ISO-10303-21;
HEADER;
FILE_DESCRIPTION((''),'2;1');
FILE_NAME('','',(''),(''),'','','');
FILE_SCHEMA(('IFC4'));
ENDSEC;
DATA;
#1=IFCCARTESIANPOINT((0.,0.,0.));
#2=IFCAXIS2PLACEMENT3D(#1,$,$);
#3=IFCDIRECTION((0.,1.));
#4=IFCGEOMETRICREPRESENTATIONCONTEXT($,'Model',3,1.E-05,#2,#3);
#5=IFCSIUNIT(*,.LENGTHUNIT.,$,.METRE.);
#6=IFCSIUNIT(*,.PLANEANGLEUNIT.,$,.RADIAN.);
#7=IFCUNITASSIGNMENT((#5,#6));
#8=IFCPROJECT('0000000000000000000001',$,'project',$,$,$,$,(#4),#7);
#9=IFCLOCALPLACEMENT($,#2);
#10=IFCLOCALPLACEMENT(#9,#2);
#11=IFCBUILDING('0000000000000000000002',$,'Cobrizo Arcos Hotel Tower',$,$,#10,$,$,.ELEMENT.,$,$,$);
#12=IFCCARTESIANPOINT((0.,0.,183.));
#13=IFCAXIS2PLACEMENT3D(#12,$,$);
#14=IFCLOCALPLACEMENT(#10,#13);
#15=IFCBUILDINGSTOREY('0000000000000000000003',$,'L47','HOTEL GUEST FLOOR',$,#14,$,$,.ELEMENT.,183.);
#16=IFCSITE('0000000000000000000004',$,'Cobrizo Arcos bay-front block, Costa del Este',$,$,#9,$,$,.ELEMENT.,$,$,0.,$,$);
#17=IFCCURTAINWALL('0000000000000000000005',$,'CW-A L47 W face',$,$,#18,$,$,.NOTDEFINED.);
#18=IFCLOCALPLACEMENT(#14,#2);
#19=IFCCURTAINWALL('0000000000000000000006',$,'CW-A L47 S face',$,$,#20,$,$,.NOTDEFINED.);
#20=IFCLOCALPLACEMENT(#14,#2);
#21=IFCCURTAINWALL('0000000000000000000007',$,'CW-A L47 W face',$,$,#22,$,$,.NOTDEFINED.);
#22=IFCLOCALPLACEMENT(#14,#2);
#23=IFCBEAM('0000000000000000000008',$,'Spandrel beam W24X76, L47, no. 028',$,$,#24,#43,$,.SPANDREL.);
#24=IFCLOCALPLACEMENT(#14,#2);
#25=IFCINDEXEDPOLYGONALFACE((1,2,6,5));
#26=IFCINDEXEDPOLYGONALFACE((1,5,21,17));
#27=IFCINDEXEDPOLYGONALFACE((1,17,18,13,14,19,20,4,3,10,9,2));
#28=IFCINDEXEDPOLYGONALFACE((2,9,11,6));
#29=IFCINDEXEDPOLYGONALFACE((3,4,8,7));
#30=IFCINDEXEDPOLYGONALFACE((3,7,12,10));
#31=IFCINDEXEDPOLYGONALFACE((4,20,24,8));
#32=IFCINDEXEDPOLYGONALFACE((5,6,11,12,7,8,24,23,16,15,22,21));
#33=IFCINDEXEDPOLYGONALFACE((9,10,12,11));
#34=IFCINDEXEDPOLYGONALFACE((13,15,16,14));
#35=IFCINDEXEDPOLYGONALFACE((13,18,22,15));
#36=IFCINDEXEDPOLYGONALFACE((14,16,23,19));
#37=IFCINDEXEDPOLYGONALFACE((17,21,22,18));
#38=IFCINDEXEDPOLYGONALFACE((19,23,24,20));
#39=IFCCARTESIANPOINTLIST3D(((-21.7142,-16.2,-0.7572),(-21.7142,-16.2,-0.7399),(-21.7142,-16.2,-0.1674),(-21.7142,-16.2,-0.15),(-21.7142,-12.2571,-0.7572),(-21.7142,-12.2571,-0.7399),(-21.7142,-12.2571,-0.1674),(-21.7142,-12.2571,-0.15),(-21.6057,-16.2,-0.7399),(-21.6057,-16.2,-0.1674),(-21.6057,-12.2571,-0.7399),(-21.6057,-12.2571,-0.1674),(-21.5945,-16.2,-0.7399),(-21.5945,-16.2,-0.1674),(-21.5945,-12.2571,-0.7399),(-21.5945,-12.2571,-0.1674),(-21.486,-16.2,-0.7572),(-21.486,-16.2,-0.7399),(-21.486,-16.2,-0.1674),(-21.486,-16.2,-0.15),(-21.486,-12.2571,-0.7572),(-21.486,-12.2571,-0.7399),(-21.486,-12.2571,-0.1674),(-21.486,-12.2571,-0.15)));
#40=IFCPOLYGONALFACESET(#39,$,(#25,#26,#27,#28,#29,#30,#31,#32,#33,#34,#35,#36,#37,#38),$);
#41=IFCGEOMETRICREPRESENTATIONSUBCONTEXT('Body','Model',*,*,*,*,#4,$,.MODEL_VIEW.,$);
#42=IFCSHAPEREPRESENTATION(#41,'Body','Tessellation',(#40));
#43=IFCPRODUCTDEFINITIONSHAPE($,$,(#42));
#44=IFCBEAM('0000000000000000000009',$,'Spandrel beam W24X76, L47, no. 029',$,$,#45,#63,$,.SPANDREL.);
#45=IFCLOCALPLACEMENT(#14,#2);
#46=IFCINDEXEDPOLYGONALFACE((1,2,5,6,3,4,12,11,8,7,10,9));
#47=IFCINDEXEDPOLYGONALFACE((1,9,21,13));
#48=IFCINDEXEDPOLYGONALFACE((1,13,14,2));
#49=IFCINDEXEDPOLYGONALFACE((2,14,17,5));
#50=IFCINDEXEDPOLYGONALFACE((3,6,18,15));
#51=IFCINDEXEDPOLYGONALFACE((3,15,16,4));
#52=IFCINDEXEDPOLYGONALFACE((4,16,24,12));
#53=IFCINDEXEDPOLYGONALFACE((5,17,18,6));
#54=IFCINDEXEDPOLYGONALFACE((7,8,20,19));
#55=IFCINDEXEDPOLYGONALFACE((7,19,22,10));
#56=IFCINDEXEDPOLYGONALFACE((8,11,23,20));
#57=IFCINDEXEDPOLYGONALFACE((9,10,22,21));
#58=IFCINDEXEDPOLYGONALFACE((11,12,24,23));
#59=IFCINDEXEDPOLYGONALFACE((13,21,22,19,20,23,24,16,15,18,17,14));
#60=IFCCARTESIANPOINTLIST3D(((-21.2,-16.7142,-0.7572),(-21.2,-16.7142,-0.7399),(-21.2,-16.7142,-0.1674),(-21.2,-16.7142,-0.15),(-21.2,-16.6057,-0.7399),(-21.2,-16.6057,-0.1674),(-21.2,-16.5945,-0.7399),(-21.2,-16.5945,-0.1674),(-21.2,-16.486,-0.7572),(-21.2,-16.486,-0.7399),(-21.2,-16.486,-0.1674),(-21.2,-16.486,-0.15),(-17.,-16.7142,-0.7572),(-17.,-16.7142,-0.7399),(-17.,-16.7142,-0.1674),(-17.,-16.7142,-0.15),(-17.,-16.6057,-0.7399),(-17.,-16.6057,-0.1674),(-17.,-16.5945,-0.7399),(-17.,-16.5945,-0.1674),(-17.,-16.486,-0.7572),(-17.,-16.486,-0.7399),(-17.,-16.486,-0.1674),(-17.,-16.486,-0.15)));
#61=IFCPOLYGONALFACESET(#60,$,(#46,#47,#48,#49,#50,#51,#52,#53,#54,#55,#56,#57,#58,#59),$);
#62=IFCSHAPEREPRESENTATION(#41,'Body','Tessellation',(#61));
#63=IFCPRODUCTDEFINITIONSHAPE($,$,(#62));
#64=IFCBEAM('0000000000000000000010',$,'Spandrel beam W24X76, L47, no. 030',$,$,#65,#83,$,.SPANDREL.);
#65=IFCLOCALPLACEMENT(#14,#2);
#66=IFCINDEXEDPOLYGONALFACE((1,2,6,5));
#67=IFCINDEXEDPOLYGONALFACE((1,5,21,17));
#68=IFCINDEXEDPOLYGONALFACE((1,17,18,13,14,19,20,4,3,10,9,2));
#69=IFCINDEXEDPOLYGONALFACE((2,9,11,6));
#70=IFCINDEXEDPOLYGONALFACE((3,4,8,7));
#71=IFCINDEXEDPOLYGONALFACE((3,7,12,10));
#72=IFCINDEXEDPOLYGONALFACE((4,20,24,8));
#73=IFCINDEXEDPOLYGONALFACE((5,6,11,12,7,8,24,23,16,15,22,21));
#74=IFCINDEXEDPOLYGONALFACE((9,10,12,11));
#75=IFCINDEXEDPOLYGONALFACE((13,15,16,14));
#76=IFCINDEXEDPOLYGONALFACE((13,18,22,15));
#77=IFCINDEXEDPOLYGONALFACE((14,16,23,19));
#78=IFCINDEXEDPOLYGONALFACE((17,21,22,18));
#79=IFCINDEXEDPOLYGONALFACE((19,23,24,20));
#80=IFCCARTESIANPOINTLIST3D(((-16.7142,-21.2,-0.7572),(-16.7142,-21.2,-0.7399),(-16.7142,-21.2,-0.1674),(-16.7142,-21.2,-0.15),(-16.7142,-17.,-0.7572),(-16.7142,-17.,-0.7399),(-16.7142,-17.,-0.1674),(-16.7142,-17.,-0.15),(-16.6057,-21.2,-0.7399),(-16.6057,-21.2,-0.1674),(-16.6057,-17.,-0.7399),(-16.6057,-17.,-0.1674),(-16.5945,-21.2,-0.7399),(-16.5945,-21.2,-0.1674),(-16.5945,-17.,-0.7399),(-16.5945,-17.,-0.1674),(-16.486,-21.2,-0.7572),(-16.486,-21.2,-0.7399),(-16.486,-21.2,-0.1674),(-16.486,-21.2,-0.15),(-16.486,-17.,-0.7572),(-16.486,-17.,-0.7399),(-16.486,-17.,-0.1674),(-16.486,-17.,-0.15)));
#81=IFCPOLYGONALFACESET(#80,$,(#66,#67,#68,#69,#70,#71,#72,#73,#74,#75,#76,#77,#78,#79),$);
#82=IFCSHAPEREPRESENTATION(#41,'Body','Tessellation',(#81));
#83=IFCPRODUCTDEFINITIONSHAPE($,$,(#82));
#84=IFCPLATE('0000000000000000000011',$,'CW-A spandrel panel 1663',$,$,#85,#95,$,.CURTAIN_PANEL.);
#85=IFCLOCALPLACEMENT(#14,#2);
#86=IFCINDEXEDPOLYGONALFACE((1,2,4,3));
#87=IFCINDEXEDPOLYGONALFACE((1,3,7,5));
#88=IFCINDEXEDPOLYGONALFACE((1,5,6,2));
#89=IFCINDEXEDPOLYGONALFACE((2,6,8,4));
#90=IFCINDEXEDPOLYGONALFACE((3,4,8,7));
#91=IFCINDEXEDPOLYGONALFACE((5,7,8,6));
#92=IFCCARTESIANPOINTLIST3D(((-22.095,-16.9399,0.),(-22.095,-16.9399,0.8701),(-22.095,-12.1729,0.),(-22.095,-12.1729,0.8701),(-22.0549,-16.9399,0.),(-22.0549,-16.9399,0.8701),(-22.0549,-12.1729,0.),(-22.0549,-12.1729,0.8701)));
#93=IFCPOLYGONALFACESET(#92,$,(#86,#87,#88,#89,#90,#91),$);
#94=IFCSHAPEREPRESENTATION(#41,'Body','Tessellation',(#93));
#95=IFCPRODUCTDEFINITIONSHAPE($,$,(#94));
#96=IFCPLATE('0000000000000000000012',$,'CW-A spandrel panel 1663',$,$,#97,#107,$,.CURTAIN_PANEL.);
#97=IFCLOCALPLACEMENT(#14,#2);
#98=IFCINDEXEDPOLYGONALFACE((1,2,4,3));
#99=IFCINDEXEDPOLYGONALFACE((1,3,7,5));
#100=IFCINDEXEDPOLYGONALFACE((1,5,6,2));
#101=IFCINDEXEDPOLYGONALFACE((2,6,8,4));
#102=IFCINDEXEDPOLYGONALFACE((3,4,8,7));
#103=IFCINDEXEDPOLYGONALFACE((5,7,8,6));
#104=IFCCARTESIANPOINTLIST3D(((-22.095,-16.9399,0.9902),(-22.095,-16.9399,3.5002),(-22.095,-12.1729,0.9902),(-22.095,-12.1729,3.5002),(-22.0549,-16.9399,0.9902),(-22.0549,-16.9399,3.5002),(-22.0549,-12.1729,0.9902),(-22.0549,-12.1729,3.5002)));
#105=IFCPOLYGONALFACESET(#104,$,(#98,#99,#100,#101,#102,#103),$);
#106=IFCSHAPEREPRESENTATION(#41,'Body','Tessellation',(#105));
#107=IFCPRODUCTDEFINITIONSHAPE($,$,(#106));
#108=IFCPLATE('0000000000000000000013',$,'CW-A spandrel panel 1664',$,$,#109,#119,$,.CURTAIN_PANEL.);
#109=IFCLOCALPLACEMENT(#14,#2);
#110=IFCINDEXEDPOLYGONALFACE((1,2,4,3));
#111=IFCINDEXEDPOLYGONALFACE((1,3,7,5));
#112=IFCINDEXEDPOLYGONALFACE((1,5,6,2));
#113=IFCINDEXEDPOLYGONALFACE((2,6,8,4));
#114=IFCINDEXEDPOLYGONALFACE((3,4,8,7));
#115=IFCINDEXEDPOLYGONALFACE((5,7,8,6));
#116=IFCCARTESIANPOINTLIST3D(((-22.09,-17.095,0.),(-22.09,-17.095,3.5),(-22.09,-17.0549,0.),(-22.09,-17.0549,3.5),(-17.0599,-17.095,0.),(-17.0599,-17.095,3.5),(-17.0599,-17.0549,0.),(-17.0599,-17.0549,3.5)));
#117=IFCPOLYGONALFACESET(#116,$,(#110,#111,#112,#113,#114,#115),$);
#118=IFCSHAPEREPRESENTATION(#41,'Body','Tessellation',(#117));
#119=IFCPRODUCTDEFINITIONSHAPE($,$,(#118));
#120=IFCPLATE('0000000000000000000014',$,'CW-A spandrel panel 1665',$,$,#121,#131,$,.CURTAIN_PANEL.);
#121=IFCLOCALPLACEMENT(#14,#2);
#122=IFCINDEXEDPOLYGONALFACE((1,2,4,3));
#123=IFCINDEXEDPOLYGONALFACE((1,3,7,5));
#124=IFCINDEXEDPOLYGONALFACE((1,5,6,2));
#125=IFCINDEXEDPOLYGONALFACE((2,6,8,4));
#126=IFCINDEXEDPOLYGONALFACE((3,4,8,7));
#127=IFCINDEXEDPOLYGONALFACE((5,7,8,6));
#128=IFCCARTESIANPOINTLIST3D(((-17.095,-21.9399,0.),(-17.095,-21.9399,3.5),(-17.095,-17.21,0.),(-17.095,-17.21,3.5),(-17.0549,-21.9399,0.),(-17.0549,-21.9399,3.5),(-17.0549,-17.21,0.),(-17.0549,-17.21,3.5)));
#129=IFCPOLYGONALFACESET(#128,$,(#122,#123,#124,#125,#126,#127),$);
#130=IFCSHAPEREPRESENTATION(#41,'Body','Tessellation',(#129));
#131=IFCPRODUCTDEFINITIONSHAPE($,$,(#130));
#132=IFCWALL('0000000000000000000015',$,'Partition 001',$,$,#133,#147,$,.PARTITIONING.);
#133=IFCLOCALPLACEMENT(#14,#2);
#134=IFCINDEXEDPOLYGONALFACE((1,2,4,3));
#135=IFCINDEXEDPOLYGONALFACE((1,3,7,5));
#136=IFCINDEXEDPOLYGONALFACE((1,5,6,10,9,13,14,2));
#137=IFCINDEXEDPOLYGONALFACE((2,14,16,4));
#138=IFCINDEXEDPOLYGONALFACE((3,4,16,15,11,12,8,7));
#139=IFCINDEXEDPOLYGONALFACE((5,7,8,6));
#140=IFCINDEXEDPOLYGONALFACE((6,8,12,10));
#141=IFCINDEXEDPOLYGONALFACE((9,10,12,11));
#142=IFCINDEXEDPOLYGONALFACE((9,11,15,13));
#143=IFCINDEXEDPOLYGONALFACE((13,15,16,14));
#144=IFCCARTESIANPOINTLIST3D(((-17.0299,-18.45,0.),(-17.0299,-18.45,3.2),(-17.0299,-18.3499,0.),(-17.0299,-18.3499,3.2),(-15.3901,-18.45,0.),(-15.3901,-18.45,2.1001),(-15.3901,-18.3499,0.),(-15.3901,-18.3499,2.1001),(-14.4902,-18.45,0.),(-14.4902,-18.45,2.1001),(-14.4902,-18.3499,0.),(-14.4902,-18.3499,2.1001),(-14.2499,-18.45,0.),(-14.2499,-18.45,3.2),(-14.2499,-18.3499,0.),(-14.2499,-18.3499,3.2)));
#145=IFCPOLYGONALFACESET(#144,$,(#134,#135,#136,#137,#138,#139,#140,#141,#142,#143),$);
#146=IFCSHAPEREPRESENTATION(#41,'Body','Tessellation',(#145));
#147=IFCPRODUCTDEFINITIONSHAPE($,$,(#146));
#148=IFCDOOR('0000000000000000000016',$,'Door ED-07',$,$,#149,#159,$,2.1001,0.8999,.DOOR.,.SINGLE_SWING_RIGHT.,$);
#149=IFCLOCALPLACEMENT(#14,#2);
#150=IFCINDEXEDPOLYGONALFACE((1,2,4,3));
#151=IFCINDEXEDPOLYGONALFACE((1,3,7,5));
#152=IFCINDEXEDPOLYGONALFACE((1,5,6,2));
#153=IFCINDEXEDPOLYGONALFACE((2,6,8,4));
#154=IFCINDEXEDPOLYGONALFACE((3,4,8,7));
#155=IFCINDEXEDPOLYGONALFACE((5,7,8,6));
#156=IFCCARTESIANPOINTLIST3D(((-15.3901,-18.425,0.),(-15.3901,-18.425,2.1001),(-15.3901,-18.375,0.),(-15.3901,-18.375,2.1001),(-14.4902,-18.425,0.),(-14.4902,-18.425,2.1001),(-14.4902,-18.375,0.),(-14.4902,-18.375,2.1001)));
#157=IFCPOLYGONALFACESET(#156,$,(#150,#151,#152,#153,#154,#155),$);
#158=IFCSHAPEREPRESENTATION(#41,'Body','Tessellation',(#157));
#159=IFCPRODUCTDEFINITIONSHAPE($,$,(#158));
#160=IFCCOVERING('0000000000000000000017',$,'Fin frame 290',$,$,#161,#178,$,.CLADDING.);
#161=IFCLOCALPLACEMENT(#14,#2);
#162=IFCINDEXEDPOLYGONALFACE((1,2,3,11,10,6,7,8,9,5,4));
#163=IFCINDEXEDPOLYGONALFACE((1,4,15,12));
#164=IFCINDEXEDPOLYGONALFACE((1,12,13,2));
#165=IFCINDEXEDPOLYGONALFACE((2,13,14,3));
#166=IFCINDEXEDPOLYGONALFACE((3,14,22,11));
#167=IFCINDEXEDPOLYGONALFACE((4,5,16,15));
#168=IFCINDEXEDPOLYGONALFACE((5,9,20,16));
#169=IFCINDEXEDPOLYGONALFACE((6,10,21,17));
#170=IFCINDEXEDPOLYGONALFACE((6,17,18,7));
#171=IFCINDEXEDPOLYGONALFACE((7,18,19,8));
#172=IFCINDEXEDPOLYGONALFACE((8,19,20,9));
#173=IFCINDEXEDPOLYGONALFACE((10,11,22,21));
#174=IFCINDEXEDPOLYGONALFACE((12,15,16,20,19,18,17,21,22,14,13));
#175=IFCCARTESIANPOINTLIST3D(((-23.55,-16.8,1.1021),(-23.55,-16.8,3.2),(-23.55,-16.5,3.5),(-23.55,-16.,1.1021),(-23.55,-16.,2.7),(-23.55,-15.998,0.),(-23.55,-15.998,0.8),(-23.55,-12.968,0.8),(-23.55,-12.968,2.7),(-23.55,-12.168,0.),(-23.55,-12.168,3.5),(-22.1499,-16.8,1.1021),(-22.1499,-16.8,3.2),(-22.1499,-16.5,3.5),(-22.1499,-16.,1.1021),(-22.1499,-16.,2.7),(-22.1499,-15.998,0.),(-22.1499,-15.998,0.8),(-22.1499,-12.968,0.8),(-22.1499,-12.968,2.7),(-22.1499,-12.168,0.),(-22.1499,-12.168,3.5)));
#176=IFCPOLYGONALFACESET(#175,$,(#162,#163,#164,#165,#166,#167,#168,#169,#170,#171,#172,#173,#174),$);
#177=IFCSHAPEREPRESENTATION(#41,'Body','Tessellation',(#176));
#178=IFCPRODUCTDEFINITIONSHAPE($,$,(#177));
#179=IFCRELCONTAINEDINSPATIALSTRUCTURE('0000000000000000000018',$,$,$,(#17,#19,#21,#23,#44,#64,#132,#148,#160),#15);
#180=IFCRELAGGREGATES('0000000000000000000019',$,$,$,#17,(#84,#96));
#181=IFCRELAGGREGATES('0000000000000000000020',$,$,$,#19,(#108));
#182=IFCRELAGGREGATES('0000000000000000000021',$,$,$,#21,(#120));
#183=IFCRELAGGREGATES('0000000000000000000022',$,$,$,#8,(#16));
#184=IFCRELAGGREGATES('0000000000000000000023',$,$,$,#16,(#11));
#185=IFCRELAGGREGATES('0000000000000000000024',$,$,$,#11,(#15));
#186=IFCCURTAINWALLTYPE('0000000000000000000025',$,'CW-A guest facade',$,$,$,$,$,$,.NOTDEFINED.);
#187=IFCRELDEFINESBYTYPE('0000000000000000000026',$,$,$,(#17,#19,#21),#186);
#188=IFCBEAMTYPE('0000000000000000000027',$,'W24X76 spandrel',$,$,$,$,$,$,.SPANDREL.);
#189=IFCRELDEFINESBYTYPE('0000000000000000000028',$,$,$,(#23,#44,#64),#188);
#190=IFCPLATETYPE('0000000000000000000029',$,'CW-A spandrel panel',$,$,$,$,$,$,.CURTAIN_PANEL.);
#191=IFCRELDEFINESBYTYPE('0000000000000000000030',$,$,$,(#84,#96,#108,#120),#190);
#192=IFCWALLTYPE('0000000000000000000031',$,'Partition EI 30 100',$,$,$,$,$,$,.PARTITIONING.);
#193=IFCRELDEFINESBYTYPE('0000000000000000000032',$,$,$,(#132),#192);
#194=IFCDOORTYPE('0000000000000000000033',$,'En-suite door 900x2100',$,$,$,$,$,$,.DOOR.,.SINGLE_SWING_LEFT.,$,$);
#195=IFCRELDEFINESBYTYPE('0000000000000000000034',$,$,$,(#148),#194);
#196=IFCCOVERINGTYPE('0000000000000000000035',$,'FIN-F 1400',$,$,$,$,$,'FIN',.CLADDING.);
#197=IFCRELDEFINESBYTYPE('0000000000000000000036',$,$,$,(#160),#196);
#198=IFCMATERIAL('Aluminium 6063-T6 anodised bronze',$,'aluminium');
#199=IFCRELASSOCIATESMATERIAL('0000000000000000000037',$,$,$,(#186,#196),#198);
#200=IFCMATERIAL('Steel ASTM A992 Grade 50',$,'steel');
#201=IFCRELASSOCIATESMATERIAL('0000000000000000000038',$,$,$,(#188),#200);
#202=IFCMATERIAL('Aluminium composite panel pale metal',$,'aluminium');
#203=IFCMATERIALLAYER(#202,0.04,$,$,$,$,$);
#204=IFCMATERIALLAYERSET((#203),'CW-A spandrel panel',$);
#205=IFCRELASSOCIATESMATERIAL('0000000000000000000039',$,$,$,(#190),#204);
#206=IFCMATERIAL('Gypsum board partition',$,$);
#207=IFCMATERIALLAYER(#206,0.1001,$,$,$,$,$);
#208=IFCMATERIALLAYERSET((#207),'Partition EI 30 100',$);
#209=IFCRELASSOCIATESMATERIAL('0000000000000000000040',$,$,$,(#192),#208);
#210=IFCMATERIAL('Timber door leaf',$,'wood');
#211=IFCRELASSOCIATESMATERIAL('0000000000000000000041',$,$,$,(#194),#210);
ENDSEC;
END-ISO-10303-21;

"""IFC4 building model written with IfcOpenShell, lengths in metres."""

from ifc_helpers import new_model, si_unit, direction, frame, frame_2d, origin, origin_2d, place, context, subcontext, project, spatial, polyline, rectangle, i_section, outline, extrude, material, layer, layer_set, material_profile, profile_set, type_object, element, fill, aggregate, save


model = new_model("IFC4")

# Units and contexts
model_context = context("Model", 3, precision=1e-05, world=origin(), true_north=direction((0.0, 1.0)))
body_context = subcontext(model_context, "Body", "Model", "MODEL_VIEW")
ifc_project = project(units=[si_unit("LENGTHUNIT", "METRE"), si_unit("PLANEANGLEUNIT", "RADIAN")], contexts=[model_context])

# Site, building, storey
site_placement = place(None, origin())
site = spatial("IfcSite", under=ifc_project, at=site_placement, Name="Cobrizo Arcos bay-front block, Costa del Este", CompositionType="ELEMENT", RefElevation=0.0)
building_placement = place(site_placement, origin())
building = spatial("IfcBuilding", under=site, at=building_placement, Name="Cobrizo Arcos Hotel Tower", CompositionType="ELEMENT")
storey_placement = place(building_placement, frame((0.0, 0.0, 183.0)))
storey = spatial("IfcBuildingStorey", under=building, at=storey_placement, Name="L47", Description="HOTEL GUEST FLOOR", CompositionType="ELEMENT", Elevation=183.0)

# Curtain wall
ifc_material_1 = material(Name="Aluminium 6063-T6 anodised bronze", Category="aluminium")
curtain_wall_type = type_object("IfcCurtainWallType", Name="CW-A guest facade", PredefinedType="NOTDEFINED", material=ifc_material_1)
curtain_wall_1_placement = place(storey_placement, origin())
curtain_wall_1 = element("IfcCurtainWall", 1, at=curtain_wall_1_placement, inside=storey, type_object=curtain_wall_type, Name="CW-A L47 W face", PredefinedType="NOTDEFINED")

# Curtain walls
curtain_wall_2_placement = place(storey_placement, origin())
curtain_wall_2 = element("IfcCurtainWall", 2, at=curtain_wall_2_placement, inside=storey, type_object=curtain_wall_type, Name="CW-A L47 S face", PredefinedType="NOTDEFINED")
curtain_wall_3_placement = place(storey_placement, origin())
curtain_wall_3 = element("IfcCurtainWall", 3, at=curtain_wall_3_placement, inside=storey, type_object=curtain_wall_type, Name="CW-A L47 W face", PredefinedType="NOTDEFINED")

# Beams
ifc_material_2 = material(Name="Steel ASTM A992 Grade 50", Category="steel")
ifc_material_profile_1 = material_profile(ifc_material_2, i_section(OverallWidth=0.2283, OverallDepth=0.6072, WebThickness=0.0112, FlangeThickness=0.0173, at=origin_2d()), Name="W24X76")
ifc_profile_set_1 = profile_set([ifc_material_profile_1], Name="Steel ASTM A992 Grade 50")
beam_type_1 = type_object("IfcBeamType", Name="W24X76 spandrel", PredefinedType="SPANDREL", material=ifc_profile_set_1)
beam_1_placement = place(storey_placement, frame((-21.6001, -12.2571, -0.4536), z_axis=(0.0, -1.0, 0.0), x_axis=(1.0, 0.0, 0.0)))
element("IfcBeam", 4, at=beam_1_placement, inside=storey, type_object=beam_type_1, Name="Spandrel beam W24X76, L47, no. 028", PredefinedType="SPANDREL", context=body_context, shape_type="SweptSolid", body=[
    extrude(i_section(OverallWidth=0.2283, OverallDepth=0.6072, WebThickness=0.0112, FlangeThickness=0.0173, at=origin_2d()), origin(), (0.0, 0.0, 1.0), 3.9429),
])
for number, where, z_axis, x_axis, name in (
    (5, (-21.2, -16.6001, -0.4536), (1.0, 0.0, 0.0), (0.0, 1.0, 0.0), "Spandrel beam W24X76, L47, no. 029"),
    (6, (-16.6001, -17.0, -0.4536), (0.0, -1.0, 0.0), (1.0, 0.0, 0.0), "Spandrel beam W24X76, L47, no. 030"),
):
    element("IfcBeam", number, at=place(storey_placement, frame(where, z_axis=z_axis, x_axis=x_axis)), inside=storey, type_object=beam_type_1, Name=name, PredefinedType="SPANDREL", context=body_context, shape_type="SweptSolid", body=[
        extrude(i_section(OverallWidth=0.2283, OverallDepth=0.6072, WebThickness=0.0112, FlangeThickness=0.0173, at=origin_2d()), origin(), (0.0, 0.0, 1.0), 4.2),
    ])

# Plates
ifc_material_3 = material(Name="Aluminium composite panel pale metal", Category="aluminium")
ifc_layer_1 = layer(ifc_material_3, 0.04)
ifc_layer_set_1 = layer_set([ifc_layer_1], Name="CW-A spandrel panel")
plate_type = type_object("IfcPlateType", Name="CW-A spandrel panel", PredefinedType="CURTAIN_PANEL", material=ifc_layer_set_1)
plate_1_placement = place(storey_placement, frame((-22.075, -14.5564, 0.0), z_axis=(0.0, 0.0, 1.0), x_axis=(0.0, -1.0, 0.0)))
plate_1 = element("IfcPlate", 7, at=plate_1_placement, type_object=plate_type, Name="CW-A spandrel panel 1663", PredefinedType="CURTAIN_PANEL", context=body_context, shape_type="SweptSolid", body=[
    extrude(rectangle(XDim=4.7671, YDim=0.04, at=origin_2d()), origin(), (0.0, 0.0, 1.0), 0.8701),
])
plate_2_placement = place(storey_placement, frame((-22.075, -14.5564, 0.9902), z_axis=(0.0, 0.0, 1.0), x_axis=(0.0, -1.0, 0.0)))
plate_2 = element("IfcPlate", 8, at=plate_2_placement, type_object=plate_type, Name="CW-A spandrel panel 1663", PredefinedType="CURTAIN_PANEL", context=body_context, shape_type="SweptSolid", body=[
    extrude(rectangle(XDim=4.7671, YDim=0.04, at=origin_2d()), origin(), (0.0, 0.0, 1.0), 2.51),
])
aggregate(curtain_wall_1, [plate_1, plate_2])
plate_3_placement = place(storey_placement, frame((-19.575, -17.075, 0.0), z_axis=(0.0, 0.0, 1.0), x_axis=(1.0, 0.0, 0.0)))
plate_3 = element("IfcPlate", 9, at=plate_3_placement, type_object=plate_type, Name="CW-A spandrel panel 1664", PredefinedType="CURTAIN_PANEL", context=body_context, shape_type="SweptSolid", body=[
    extrude(rectangle(XDim=5.03, YDim=0.04, at=origin_2d()), origin(), (0.0, 0.0, 1.0), 3.5),
])
aggregate(curtain_wall_2, [plate_3])
plate_4_placement = place(storey_placement, frame((-17.075, -19.575, 0.0), z_axis=(0.0, 0.0, 1.0), x_axis=(0.0, -1.0, 0.0)))
plate_4 = element("IfcPlate", 10, at=plate_4_placement, type_object=plate_type, Name="CW-A spandrel panel 1665", PredefinedType="CURTAIN_PANEL", context=body_context, shape_type="SweptSolid", body=[
    extrude(rectangle(XDim=4.73, YDim=0.04, at=origin_2d()), origin(), (0.0, 0.0, 1.0), 3.5),
])
aggregate(curtain_wall_3, [plate_4])

# Wall, opening, door
ifc_material_4 = material(Name="Gypsum board partition")
ifc_layer_2 = layer(ifc_material_4, 0.1001)
ifc_layer_set_2 = layer_set([ifc_layer_2], Name="Partition EI 30 100")
wall_type = type_object("IfcWallType", Name="Partition EI 30 100", PredefinedType="PARTITIONING", material=ifc_layer_set_2)
wall_placement = place(storey_placement, frame((-17.03, -18.3999, 0.0), z_axis=(0.0, 0.0, 1.0), x_axis=(1.0, 0.0, 0.0)))
wall = element("IfcWall", 11, at=wall_placement, inside=storey, type_object=wall_type, Name="Partition 001", PredefinedType="PARTITIONING", context=body_context, shape_type="SweptSolid", body=[
    extrude(rectangle(XDim=2.78, YDim=0.1001, at=frame_2d((1.3901, 0.0))), origin(), (0.0, 0.0, 1.0), 3.2),
])
opening_placement = place(wall_placement, frame((1.6399, 0.0, 0.0)))
opening = element("IfcOpeningElement", 12, at=opening_placement, cuts=wall, PredefinedType="OPENING", context=body_context, shape_type="SweptSolid", body=[
    extrude(rectangle(XDim=0.8999, YDim=2.1001, at=frame_2d((0.45, 1.05))), frame((0.0, 0.062, 0.0), z_axis=(0.0, -1.0, 0.0), x_axis=(1.0, 0.0, 0.0)), (0.0, 0.0, 1.0), 0.124),
])
ifc_material_5 = material(Name="Timber door leaf", Category="wood")
door_type = type_object("IfcDoorType", Name="En-suite door 900x2100", OperationType="SINGLE_SWING_LEFT", PredefinedType="DOOR", material=ifc_material_5)
door_placement = place(opening_placement, origin())
door = element("IfcDoor", 13, at=door_placement, inside=storey, type_object=door_type, Name="Door ED-07", OperationType="SINGLE_SWING_RIGHT", OverallHeight=2.1001, OverallWidth=0.8999, PredefinedType="DOOR", context=body_context, shape_type="SweptSolid", body=[
    extrude(rectangle(XDim=0.8999, YDim=2.1001, at=frame_2d((0.45, 1.05))), frame((0.0, 0.0249, 0.0), z_axis=(0.0, -1.0, 0.0), x_axis=(1.0, 0.0, 0.0)), (0.0, 0.0, 1.0), 0.05),
])
fill(opening, door)

# Covering
covering_type_1 = type_object("IfcCoveringType", Name="FIN-F 1400", ElementType="FIN", PredefinedType="CLADDING", material=ifc_material_1)
covering_1_placement = place(storey_placement, frame((-22.1499, -12.168, 0.0), z_axis=(-1.0, 0.0, 0.0), x_axis=(0.0, -1.0, 0.0)))
element("IfcCovering", 14, at=covering_1_placement, inside=storey, type_object=covering_type_1, Name="Fin frame 290", PredefinedType="CLADDING", context=body_context, shape_type="SweptSolid", body=[
    extrude(outline(polyline([(0.0, 0.0), (3.8301, 0.0), (3.8301, 0.8), (0.8, 0.8), (0.8, 2.7), (3.832, 2.7), (3.832, 1.1021), (4.6321, 1.1021), (4.6321, 3.2), (4.332, 3.5), (0.0, 3.5), (0.0, 0.0)])), origin(), (0.0, 0.0, 1.0), 1.4001),
])

save(model, "model.ifc")
